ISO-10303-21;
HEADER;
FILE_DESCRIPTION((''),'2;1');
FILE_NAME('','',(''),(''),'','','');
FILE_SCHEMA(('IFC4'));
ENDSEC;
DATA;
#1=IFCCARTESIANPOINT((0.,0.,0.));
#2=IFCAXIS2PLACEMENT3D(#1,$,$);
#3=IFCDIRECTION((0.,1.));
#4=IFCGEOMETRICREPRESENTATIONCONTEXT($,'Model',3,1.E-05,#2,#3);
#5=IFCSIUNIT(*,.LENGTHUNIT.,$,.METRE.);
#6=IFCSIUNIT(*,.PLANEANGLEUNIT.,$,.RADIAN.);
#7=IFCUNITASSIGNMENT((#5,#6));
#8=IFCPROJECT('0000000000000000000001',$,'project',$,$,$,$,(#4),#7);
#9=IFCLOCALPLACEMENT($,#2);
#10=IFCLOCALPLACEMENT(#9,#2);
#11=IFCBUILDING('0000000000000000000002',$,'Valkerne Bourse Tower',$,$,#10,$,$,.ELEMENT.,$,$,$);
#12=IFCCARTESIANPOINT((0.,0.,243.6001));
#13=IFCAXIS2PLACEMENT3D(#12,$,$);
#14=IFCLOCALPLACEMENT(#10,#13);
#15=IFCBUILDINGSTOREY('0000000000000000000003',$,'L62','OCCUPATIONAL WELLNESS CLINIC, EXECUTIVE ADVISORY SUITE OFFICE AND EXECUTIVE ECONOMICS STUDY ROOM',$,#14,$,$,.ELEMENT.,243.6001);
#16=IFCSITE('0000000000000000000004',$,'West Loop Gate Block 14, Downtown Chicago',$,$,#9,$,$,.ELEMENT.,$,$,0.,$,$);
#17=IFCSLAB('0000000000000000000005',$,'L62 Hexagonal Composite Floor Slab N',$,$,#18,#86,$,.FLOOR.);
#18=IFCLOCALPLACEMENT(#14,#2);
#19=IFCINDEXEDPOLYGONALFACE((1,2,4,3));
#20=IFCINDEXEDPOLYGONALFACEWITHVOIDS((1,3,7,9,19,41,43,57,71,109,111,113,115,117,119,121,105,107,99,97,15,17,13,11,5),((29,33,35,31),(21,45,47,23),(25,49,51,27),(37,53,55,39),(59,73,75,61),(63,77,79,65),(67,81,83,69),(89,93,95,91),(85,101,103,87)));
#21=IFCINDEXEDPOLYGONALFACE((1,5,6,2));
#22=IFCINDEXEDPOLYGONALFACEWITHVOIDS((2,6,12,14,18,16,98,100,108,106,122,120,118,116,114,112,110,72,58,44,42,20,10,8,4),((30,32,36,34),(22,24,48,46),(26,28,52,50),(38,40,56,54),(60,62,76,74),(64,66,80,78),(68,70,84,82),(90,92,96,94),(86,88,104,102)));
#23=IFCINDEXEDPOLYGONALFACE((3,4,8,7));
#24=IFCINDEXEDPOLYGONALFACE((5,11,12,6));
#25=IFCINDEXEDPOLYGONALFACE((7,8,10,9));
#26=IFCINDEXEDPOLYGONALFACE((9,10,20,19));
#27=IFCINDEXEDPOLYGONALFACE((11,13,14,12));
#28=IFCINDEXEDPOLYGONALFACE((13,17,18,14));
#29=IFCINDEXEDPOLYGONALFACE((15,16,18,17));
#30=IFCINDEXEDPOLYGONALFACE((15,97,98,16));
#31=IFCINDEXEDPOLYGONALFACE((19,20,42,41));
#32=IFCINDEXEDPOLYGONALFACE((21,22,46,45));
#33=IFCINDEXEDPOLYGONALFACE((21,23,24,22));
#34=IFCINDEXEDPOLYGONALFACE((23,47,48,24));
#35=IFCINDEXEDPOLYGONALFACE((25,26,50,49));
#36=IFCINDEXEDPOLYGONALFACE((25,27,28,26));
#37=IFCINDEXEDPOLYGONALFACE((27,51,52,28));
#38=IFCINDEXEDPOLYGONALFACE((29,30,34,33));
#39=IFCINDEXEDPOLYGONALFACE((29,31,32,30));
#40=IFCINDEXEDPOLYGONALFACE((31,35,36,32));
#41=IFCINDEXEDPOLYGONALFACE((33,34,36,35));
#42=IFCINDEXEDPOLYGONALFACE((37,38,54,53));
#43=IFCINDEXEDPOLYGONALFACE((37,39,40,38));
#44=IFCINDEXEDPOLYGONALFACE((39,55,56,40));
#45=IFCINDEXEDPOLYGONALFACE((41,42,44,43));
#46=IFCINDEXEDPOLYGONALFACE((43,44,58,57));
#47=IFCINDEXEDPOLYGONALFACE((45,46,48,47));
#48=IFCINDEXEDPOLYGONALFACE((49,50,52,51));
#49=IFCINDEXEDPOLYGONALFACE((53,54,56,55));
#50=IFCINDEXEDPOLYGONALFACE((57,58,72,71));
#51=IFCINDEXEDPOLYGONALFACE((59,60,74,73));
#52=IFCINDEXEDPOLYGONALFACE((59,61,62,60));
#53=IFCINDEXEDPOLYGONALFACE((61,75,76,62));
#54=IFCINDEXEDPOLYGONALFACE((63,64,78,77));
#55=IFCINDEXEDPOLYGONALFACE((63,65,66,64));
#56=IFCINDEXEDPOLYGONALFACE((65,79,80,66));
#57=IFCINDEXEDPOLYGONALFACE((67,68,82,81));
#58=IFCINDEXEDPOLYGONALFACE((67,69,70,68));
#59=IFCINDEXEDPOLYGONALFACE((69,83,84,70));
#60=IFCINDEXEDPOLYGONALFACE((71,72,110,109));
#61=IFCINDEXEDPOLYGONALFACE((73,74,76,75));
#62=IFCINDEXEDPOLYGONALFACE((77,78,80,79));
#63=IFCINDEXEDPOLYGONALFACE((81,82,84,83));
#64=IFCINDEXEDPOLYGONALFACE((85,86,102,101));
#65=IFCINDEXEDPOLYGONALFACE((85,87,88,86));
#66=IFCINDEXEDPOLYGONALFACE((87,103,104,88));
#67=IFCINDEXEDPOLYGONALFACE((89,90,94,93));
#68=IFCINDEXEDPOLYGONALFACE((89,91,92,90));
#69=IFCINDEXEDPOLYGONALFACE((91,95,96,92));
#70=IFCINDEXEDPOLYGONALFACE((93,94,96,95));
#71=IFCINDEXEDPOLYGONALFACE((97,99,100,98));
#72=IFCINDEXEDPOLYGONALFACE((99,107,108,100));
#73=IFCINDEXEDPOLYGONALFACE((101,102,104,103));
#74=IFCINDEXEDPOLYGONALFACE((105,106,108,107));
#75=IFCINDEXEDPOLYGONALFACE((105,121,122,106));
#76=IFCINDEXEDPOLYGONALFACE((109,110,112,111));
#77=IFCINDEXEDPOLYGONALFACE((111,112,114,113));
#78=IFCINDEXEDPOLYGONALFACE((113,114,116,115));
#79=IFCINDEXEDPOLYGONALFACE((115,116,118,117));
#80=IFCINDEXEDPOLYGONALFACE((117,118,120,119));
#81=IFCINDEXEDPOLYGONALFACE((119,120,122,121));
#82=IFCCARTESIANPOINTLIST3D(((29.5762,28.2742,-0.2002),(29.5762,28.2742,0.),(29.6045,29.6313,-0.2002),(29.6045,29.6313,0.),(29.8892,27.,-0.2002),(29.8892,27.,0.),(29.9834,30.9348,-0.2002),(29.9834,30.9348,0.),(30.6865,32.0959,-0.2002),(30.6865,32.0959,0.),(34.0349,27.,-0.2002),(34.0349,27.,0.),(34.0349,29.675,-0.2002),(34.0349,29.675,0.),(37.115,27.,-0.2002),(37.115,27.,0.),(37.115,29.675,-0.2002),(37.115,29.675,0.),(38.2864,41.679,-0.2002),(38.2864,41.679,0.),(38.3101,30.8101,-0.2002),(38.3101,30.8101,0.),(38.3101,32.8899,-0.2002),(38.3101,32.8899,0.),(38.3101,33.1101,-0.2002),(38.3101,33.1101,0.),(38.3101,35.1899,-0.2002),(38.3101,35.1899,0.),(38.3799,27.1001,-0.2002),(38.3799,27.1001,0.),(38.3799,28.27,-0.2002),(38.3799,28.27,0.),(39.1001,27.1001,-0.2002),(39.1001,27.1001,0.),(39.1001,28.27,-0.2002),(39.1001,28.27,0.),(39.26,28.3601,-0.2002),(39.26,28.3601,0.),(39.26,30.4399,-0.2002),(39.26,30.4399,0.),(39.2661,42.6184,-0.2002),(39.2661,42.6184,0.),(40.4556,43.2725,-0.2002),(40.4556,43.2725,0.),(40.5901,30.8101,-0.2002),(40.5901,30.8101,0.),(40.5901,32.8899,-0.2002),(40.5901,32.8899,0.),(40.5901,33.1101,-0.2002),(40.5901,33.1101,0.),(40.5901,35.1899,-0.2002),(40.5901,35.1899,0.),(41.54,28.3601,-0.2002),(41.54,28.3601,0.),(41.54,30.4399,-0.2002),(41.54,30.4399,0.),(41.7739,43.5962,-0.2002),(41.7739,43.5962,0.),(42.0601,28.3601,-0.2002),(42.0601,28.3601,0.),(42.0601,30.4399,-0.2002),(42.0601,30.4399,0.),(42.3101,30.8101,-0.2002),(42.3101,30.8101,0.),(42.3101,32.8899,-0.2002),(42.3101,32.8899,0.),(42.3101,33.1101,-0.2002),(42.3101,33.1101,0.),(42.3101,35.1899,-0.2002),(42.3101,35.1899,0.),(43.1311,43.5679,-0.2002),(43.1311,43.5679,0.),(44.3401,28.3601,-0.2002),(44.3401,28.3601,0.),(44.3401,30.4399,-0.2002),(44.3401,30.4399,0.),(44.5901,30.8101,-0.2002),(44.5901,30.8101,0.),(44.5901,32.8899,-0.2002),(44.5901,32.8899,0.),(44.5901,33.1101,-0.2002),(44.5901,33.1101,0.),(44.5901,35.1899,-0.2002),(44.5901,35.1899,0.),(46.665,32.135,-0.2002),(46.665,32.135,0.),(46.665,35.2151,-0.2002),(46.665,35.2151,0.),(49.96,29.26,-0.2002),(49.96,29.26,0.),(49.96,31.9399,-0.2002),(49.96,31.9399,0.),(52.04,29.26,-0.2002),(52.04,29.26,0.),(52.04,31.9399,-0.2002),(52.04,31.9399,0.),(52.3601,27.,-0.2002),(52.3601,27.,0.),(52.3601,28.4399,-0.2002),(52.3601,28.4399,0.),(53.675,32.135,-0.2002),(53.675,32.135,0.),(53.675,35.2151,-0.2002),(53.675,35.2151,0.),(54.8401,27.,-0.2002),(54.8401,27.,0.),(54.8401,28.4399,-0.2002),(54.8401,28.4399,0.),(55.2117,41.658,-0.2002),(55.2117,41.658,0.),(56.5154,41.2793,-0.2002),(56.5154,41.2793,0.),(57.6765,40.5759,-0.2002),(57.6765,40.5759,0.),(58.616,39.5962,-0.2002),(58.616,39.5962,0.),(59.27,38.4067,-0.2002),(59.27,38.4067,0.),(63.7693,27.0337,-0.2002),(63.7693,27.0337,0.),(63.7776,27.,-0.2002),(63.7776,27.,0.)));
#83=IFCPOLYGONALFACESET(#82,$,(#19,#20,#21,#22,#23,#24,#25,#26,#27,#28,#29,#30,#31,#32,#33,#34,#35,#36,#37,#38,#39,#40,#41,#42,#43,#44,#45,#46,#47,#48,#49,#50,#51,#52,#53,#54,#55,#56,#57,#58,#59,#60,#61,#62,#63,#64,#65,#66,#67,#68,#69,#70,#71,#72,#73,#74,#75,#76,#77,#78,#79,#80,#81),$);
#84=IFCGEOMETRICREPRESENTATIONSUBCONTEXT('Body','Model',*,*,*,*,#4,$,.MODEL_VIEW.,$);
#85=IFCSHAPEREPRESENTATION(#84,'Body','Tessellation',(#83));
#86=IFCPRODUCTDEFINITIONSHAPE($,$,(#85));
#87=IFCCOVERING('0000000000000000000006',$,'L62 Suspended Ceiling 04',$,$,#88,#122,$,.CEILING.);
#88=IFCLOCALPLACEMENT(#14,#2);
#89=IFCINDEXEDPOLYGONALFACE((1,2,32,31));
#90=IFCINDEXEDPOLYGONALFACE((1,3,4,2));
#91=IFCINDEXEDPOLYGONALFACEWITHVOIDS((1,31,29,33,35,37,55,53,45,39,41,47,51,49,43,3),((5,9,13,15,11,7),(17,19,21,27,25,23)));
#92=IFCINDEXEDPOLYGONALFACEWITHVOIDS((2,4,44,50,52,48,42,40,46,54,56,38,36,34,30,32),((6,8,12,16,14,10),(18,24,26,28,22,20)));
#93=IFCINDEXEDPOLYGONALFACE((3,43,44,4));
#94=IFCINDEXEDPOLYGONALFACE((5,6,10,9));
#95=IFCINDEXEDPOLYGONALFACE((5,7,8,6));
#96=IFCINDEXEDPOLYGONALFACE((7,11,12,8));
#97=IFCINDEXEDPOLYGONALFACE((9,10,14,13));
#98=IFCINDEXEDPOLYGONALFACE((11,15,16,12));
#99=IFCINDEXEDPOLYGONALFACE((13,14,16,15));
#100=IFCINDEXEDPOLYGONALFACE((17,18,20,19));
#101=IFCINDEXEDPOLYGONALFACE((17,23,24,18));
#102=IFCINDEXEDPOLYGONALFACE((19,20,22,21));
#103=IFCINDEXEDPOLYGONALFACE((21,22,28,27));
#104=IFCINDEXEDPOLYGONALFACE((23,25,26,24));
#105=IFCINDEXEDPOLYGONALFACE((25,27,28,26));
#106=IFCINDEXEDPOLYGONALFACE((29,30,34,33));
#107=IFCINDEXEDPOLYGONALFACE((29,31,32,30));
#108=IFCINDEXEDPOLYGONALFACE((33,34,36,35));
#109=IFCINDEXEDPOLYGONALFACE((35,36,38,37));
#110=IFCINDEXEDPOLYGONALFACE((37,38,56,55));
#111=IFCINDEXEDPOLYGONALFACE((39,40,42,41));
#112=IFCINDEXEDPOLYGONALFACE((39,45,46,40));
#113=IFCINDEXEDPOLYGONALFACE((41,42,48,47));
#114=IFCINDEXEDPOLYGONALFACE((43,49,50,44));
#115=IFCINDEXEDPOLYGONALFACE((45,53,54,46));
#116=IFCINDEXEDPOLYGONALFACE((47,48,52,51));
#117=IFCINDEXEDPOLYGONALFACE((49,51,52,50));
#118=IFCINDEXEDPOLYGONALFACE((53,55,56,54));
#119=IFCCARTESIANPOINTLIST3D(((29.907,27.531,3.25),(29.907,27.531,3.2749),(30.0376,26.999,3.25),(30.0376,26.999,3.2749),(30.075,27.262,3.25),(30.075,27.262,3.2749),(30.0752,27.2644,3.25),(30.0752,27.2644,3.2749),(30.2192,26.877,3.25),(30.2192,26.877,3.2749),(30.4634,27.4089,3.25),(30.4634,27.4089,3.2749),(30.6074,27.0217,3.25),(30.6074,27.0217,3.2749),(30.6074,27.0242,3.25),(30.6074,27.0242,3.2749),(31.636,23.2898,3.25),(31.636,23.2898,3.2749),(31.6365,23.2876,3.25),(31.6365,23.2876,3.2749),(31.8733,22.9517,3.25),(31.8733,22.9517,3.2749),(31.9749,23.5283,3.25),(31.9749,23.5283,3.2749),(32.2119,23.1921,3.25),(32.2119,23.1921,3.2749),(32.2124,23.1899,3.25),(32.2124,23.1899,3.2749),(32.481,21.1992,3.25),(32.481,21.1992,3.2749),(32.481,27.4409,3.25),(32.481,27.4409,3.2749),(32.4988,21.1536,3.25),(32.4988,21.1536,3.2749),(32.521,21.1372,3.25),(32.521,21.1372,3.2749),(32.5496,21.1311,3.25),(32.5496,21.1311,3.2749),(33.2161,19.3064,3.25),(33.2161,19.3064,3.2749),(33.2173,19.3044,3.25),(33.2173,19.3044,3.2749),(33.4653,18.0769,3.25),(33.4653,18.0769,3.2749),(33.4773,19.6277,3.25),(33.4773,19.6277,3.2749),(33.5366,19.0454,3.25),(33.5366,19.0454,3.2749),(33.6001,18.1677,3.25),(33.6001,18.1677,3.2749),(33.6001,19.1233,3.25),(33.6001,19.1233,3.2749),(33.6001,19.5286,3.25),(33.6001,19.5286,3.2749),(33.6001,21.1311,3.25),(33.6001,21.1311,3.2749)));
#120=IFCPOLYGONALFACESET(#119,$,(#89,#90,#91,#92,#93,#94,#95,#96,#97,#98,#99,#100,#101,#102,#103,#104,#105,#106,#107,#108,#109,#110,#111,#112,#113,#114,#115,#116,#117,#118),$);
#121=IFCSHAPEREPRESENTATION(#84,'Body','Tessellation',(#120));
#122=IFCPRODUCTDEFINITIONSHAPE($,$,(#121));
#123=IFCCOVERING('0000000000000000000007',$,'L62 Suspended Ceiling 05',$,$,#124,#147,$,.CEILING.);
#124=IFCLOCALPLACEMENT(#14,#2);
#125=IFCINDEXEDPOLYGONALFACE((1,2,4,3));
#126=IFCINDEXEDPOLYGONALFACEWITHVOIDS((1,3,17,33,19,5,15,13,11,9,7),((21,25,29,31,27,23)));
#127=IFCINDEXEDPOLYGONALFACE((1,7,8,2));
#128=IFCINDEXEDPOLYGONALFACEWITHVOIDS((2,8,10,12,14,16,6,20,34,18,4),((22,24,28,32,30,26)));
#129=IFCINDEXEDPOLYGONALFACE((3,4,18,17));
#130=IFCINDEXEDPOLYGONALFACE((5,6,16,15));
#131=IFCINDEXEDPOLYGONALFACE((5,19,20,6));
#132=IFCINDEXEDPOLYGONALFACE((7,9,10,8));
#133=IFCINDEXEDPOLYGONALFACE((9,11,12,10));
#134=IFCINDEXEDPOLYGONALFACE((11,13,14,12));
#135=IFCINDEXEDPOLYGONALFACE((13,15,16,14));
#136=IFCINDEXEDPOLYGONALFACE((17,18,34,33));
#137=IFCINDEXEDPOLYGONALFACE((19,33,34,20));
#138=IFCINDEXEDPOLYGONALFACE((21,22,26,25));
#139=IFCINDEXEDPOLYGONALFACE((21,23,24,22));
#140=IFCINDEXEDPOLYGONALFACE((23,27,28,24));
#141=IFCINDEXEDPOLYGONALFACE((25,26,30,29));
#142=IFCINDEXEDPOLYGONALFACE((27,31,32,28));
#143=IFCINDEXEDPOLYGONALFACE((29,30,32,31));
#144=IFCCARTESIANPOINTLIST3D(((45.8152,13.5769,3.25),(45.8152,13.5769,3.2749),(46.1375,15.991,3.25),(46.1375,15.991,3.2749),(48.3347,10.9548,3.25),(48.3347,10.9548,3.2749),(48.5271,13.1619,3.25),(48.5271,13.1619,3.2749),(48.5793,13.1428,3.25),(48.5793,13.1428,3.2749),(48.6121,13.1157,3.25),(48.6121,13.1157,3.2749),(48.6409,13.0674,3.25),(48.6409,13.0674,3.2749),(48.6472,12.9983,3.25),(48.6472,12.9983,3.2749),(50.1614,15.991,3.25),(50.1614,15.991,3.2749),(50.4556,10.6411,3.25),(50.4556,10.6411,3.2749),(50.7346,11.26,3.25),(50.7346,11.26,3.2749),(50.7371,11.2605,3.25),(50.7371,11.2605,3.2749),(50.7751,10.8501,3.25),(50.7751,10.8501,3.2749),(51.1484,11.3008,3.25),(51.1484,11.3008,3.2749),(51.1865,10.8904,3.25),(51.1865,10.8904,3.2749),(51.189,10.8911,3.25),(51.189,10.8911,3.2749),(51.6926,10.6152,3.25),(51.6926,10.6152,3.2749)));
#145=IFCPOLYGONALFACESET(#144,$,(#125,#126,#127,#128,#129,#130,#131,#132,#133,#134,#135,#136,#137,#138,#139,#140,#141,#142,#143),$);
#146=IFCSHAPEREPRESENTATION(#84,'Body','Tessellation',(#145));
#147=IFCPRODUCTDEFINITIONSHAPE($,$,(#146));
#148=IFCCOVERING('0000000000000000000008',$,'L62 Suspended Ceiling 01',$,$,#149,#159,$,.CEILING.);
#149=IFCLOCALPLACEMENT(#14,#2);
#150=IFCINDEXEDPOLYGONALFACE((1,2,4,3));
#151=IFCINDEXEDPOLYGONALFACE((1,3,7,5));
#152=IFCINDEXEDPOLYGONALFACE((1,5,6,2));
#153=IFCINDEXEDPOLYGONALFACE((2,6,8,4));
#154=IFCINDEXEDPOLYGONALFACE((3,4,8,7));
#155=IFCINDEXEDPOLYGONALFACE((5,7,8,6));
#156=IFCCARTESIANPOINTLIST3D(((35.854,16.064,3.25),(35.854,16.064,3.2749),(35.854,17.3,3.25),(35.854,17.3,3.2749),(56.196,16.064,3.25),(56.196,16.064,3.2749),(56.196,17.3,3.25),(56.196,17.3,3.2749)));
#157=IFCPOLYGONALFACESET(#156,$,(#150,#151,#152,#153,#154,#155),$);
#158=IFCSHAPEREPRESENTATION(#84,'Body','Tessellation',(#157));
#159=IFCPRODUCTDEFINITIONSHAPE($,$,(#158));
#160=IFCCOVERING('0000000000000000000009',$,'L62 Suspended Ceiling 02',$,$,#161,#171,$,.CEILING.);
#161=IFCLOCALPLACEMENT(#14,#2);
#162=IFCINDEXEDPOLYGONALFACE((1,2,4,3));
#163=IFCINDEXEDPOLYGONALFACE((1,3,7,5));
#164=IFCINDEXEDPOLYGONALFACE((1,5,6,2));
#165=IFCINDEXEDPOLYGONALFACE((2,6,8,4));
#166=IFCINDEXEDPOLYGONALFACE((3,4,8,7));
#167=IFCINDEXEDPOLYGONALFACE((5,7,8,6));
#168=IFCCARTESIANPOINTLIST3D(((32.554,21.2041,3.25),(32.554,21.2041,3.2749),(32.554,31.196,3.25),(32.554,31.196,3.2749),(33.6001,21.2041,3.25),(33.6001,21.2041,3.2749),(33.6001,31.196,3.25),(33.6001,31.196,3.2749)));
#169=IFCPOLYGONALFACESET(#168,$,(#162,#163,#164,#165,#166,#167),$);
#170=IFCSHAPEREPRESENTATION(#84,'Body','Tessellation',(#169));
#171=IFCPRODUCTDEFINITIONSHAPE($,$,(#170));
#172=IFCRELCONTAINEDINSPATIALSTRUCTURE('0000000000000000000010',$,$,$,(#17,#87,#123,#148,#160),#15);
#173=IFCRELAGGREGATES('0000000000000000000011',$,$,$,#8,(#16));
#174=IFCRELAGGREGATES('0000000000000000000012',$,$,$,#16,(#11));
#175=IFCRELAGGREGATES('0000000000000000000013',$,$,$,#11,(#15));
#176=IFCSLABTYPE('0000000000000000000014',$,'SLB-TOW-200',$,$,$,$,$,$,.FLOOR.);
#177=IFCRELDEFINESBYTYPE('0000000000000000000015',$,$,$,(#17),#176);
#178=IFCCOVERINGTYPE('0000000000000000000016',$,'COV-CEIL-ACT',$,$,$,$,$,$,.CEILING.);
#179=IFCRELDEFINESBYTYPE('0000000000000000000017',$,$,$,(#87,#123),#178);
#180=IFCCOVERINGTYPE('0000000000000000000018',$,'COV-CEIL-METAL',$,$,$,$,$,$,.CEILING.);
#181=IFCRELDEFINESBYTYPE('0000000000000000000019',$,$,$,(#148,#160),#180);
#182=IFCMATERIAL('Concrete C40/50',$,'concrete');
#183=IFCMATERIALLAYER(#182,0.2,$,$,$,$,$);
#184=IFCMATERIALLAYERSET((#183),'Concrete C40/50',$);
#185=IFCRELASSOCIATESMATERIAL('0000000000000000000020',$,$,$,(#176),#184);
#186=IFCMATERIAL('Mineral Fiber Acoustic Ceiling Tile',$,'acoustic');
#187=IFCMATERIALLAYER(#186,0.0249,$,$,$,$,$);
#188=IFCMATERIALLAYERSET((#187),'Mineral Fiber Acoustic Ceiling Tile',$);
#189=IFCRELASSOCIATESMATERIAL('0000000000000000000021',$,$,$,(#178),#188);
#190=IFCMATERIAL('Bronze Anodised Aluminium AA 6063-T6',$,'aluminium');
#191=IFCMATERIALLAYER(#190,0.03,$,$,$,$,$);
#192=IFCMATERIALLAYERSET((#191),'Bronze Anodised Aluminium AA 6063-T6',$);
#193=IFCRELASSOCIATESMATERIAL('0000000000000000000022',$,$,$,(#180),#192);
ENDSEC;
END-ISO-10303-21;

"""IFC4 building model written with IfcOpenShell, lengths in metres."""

from ifc_helpers import new_model, si_unit, direction, frame, origin, place, context, subcontext, project, spatial, polyline, outline, extrude, material, layer, layer_set, type_object, element, save


model = new_model("IFC4")

# Units and contexts
model_context = context("Model", 3, precision=1e-05, world=origin(), true_north=direction((0.0, 1.0)))
body_context = subcontext(model_context, "Body", "Model", "MODEL_VIEW")
ifc_project = project(units=[si_unit("LENGTHUNIT", "METRE"), si_unit("PLANEANGLEUNIT", "RADIAN")], contexts=[model_context])

# Site, building, storey
site_placement = place(None, origin())
site = spatial("IfcSite", under=ifc_project, at=site_placement, Name="West Loop Gate Block 14, Downtown Chicago", CompositionType="ELEMENT", RefElevation=0.0)
building_placement = place(site_placement, origin())
building = spatial("IfcBuilding", under=site, at=building_placement, Name="Valkerne Bourse Tower", CompositionType="ELEMENT")
storey_placement = place(building_placement, frame((0.0, 0.0, 243.6001)))
storey = spatial("IfcBuildingStorey", under=building, at=storey_placement, Name="L62", Description="OCCUPATIONAL WELLNESS CLINIC, EXECUTIVE ADVISORY SUITE OFFICE AND EXECUTIVE ECONOMICS STUDY ROOM", CompositionType="ELEMENT", Elevation=243.6001)

# Shared definitions
ifc_material_1 = material(Name="Concrete C40/50", Category="concrete")

# Slab
ifc_layer_1 = layer(ifc_material_1, 0.2)
ifc_layer_set_1 = layer_set([ifc_layer_1], Name="Concrete C40/50")
slab_type_1 = type_object("IfcSlabType", Name="SLB-TOW-200", PredefinedType="FLOOR", material=ifc_layer_set_1)
slab_1_placement = place(storey_placement, frame((0.0, 0.0, -0.2002)))
element("IfcSlab", 1, at=slab_1_placement, inside=storey, type_object=slab_type_1, Name="L62 Hexagonal Composite Floor Slab N", PredefinedType="FLOOR", context=body_context, shape_type="SweptSolid", body=[
    extrude(outline(polyline([(29.5762, 28.2742), (29.6045, 29.6313), (29.9834, 30.9348), (30.6865, 32.0959), (38.2864, 41.679), (39.2661, 42.6184), (40.4556, 43.2725), (41.7739, 43.5962), (43.1311, 43.5679), (55.2117, 41.658), (56.5154, 41.2793), (57.6765, 40.5759), (58.616, 39.5962), (59.27, 38.4067), (63.7693, 27.0337), (63.7776, 27.0), (54.8401, 27.0), (54.8401, 28.4399), (52.3601, 28.4399), (52.3601, 27.0), (37.115, 27.0), (37.115, 29.675), (34.0349, 29.675), (34.0349, 27.0), (29.8892, 27.0), (29.5762, 28.2742)]), holes=[polyline([(39.1001, 28.27), (38.3799, 28.27), (38.3799, 27.1001), (39.1001, 27.1001), (39.1001, 28.27)]), polyline([(41.54, 30.4399), (39.26, 30.4399), (39.26, 28.3601), (41.54, 28.3601), (41.54, 30.4399)]), polyline([(40.5901, 32.8899), (38.3101, 32.8899), (38.3101, 30.8101), (40.5901, 30.8101), (40.5901, 32.8899)]), polyline([(40.5901, 35.1899), (38.3101, 35.1899), (38.3101, 33.1101), (40.5901, 33.1101), (40.5901, 35.1899)]), polyline([(44.3401, 30.4399), (42.0601, 30.4399), (42.0601, 28.3601), (44.3401, 28.3601), (44.3401, 30.4399)]), polyline([(52.04, 31.9399), (49.96, 31.9399), (49.96, 29.26), (52.04, 29.26), (52.04, 31.9399)]), polyline([(44.5901, 32.8899), (42.3101, 32.8899), (42.3101, 30.8101), (44.5901, 30.8101), (44.5901, 32.8899)]), polyline([(53.675, 35.2151), (46.665, 35.2151), (46.665, 32.135), (53.675, 32.135), (53.675, 35.2151)]), polyline([(44.5901, 35.1899), (42.3101, 35.1899), (42.3101, 33.1101), (44.5901, 33.1101), (44.5901, 35.1899)])]), origin(), (0.0, 0.0, 1.0), 0.2002),
])

# Coverings
ifc_material_2 = material(Name="Mineral Fiber Acoustic Ceiling Tile", Category="acoustic")
ifc_layer_2 = layer(ifc_material_2, 0.0249)
ifc_layer_set_2 = layer_set([ifc_layer_2], Name="Mineral Fiber Acoustic Ceiling Tile")
covering_type_1 = type_object("IfcCoveringType", Name="COV-CEIL-ACT", PredefinedType="CEILING", material=ifc_layer_set_2)
covering_1_placement = place(storey_placement, frame((0.0, 0.0, 3.25)))
element("IfcCovering", 2, at=covering_1_placement, inside=storey, type_object=covering_type_1, Name="L62 Suspended Ceiling 04", PredefinedType="CEILING", context=body_context, shape_type="SweptSolid", body=[
    extrude(outline(polyline([(32.481, 27.4409), (32.481, 21.1992), (32.4988, 21.1536), (32.521, 21.1372), (32.5496, 21.1311), (33.6001, 21.1311), (33.6001, 19.5286), (33.4773, 19.6277), (33.2161, 19.3064), (33.2173, 19.3044), (33.5366, 19.0454), (33.6001, 19.1233), (33.6001, 18.1677), (33.4653, 18.0769), (30.0376, 26.999), (29.907, 27.531), (32.481, 27.4409)]), holes=[polyline([(32.2119, 23.1921), (31.9749, 23.5283), (31.636, 23.2898), (31.6365, 23.2876), (31.8733, 22.9517), (32.2124, 23.1899), (32.2119, 23.1921)]), polyline([(30.6074, 27.0242), (30.4634, 27.4089), (30.0752, 27.2644), (30.075, 27.262), (30.2192, 26.877), (30.6074, 27.0217), (30.6074, 27.0242)])]), origin(), (0.0, 0.0, 1.0), 0.0249),
])
covering_2_placement = place(storey_placement, frame((0.0, 0.0, 3.25)))
element("IfcCovering", 3, at=covering_2_placement, inside=storey, type_object=covering_type_1, Name="L62 Suspended Ceiling 05", PredefinedType="CEILING", context=body_context, shape_type="SweptSolid", body=[
    extrude(outline(polyline([(48.6472, 12.9983), (48.6409, 13.0674), (48.6121, 13.1157), (48.5793, 13.1428), (48.5271, 13.1619), (45.8152, 13.5769), (46.1375, 15.991), (50.1614, 15.991), (51.6926, 10.6152), (50.4556, 10.6411), (48.3347, 10.9548), (48.6472, 12.9983)]), holes=[polyline([(51.189, 10.8911), (51.1484, 11.3008), (50.7371, 11.2605), (50.7346, 11.26), (50.7751, 10.8501), (51.1865, 10.8904), (51.189, 10.8911)])]), origin(), (0.0, 0.0, 1.0), 0.0249),
])
ifc_material_3 = material(Name="Bronze Anodised Aluminium AA 6063-T6", Category="aluminium")
ifc_layer_3 = layer(ifc_material_3, 0.03)
ifc_layer_set_3 = layer_set([ifc_layer_3], Name="Bronze Anodised Aluminium AA 6063-T6")
covering_type_2 = type_object("IfcCoveringType", Name="COV-CEIL-METAL", PredefinedType="CEILING", material=ifc_layer_set_3)
covering_3_placement = place(storey_placement, frame((0.0, 0.0, 3.25)))
element("IfcCovering", 4, at=covering_3_placement, inside=storey, type_object=covering_type_2, Name="L62 Suspended Ceiling 01", PredefinedType="CEILING", context=body_context, shape_type="SweptSolid", body=[
    extrude(outline(polyline([(35.854, 17.3), (56.196, 17.3), (56.196, 16.064), (35.854, 16.064), (35.854, 17.3)])), origin(), (0.0, 0.0, 1.0), 0.0249),
])
covering_4_placement = place(storey_placement, frame((0.0, 0.0, 3.25)))
element("IfcCovering", 5, at=covering_4_placement, inside=storey, type_object=covering_type_2, Name="L62 Suspended Ceiling 02", PredefinedType="CEILING", context=body_context, shape_type="SweptSolid", body=[
    extrude(outline(polyline([(32.554, 21.2041), (32.554, 31.196), (33.6001, 31.196), (33.6001, 21.2041), (32.554, 21.2041)])), origin(), (0.0, 0.0, 1.0), 0.0249),
])

save(model, "model.ifc")
